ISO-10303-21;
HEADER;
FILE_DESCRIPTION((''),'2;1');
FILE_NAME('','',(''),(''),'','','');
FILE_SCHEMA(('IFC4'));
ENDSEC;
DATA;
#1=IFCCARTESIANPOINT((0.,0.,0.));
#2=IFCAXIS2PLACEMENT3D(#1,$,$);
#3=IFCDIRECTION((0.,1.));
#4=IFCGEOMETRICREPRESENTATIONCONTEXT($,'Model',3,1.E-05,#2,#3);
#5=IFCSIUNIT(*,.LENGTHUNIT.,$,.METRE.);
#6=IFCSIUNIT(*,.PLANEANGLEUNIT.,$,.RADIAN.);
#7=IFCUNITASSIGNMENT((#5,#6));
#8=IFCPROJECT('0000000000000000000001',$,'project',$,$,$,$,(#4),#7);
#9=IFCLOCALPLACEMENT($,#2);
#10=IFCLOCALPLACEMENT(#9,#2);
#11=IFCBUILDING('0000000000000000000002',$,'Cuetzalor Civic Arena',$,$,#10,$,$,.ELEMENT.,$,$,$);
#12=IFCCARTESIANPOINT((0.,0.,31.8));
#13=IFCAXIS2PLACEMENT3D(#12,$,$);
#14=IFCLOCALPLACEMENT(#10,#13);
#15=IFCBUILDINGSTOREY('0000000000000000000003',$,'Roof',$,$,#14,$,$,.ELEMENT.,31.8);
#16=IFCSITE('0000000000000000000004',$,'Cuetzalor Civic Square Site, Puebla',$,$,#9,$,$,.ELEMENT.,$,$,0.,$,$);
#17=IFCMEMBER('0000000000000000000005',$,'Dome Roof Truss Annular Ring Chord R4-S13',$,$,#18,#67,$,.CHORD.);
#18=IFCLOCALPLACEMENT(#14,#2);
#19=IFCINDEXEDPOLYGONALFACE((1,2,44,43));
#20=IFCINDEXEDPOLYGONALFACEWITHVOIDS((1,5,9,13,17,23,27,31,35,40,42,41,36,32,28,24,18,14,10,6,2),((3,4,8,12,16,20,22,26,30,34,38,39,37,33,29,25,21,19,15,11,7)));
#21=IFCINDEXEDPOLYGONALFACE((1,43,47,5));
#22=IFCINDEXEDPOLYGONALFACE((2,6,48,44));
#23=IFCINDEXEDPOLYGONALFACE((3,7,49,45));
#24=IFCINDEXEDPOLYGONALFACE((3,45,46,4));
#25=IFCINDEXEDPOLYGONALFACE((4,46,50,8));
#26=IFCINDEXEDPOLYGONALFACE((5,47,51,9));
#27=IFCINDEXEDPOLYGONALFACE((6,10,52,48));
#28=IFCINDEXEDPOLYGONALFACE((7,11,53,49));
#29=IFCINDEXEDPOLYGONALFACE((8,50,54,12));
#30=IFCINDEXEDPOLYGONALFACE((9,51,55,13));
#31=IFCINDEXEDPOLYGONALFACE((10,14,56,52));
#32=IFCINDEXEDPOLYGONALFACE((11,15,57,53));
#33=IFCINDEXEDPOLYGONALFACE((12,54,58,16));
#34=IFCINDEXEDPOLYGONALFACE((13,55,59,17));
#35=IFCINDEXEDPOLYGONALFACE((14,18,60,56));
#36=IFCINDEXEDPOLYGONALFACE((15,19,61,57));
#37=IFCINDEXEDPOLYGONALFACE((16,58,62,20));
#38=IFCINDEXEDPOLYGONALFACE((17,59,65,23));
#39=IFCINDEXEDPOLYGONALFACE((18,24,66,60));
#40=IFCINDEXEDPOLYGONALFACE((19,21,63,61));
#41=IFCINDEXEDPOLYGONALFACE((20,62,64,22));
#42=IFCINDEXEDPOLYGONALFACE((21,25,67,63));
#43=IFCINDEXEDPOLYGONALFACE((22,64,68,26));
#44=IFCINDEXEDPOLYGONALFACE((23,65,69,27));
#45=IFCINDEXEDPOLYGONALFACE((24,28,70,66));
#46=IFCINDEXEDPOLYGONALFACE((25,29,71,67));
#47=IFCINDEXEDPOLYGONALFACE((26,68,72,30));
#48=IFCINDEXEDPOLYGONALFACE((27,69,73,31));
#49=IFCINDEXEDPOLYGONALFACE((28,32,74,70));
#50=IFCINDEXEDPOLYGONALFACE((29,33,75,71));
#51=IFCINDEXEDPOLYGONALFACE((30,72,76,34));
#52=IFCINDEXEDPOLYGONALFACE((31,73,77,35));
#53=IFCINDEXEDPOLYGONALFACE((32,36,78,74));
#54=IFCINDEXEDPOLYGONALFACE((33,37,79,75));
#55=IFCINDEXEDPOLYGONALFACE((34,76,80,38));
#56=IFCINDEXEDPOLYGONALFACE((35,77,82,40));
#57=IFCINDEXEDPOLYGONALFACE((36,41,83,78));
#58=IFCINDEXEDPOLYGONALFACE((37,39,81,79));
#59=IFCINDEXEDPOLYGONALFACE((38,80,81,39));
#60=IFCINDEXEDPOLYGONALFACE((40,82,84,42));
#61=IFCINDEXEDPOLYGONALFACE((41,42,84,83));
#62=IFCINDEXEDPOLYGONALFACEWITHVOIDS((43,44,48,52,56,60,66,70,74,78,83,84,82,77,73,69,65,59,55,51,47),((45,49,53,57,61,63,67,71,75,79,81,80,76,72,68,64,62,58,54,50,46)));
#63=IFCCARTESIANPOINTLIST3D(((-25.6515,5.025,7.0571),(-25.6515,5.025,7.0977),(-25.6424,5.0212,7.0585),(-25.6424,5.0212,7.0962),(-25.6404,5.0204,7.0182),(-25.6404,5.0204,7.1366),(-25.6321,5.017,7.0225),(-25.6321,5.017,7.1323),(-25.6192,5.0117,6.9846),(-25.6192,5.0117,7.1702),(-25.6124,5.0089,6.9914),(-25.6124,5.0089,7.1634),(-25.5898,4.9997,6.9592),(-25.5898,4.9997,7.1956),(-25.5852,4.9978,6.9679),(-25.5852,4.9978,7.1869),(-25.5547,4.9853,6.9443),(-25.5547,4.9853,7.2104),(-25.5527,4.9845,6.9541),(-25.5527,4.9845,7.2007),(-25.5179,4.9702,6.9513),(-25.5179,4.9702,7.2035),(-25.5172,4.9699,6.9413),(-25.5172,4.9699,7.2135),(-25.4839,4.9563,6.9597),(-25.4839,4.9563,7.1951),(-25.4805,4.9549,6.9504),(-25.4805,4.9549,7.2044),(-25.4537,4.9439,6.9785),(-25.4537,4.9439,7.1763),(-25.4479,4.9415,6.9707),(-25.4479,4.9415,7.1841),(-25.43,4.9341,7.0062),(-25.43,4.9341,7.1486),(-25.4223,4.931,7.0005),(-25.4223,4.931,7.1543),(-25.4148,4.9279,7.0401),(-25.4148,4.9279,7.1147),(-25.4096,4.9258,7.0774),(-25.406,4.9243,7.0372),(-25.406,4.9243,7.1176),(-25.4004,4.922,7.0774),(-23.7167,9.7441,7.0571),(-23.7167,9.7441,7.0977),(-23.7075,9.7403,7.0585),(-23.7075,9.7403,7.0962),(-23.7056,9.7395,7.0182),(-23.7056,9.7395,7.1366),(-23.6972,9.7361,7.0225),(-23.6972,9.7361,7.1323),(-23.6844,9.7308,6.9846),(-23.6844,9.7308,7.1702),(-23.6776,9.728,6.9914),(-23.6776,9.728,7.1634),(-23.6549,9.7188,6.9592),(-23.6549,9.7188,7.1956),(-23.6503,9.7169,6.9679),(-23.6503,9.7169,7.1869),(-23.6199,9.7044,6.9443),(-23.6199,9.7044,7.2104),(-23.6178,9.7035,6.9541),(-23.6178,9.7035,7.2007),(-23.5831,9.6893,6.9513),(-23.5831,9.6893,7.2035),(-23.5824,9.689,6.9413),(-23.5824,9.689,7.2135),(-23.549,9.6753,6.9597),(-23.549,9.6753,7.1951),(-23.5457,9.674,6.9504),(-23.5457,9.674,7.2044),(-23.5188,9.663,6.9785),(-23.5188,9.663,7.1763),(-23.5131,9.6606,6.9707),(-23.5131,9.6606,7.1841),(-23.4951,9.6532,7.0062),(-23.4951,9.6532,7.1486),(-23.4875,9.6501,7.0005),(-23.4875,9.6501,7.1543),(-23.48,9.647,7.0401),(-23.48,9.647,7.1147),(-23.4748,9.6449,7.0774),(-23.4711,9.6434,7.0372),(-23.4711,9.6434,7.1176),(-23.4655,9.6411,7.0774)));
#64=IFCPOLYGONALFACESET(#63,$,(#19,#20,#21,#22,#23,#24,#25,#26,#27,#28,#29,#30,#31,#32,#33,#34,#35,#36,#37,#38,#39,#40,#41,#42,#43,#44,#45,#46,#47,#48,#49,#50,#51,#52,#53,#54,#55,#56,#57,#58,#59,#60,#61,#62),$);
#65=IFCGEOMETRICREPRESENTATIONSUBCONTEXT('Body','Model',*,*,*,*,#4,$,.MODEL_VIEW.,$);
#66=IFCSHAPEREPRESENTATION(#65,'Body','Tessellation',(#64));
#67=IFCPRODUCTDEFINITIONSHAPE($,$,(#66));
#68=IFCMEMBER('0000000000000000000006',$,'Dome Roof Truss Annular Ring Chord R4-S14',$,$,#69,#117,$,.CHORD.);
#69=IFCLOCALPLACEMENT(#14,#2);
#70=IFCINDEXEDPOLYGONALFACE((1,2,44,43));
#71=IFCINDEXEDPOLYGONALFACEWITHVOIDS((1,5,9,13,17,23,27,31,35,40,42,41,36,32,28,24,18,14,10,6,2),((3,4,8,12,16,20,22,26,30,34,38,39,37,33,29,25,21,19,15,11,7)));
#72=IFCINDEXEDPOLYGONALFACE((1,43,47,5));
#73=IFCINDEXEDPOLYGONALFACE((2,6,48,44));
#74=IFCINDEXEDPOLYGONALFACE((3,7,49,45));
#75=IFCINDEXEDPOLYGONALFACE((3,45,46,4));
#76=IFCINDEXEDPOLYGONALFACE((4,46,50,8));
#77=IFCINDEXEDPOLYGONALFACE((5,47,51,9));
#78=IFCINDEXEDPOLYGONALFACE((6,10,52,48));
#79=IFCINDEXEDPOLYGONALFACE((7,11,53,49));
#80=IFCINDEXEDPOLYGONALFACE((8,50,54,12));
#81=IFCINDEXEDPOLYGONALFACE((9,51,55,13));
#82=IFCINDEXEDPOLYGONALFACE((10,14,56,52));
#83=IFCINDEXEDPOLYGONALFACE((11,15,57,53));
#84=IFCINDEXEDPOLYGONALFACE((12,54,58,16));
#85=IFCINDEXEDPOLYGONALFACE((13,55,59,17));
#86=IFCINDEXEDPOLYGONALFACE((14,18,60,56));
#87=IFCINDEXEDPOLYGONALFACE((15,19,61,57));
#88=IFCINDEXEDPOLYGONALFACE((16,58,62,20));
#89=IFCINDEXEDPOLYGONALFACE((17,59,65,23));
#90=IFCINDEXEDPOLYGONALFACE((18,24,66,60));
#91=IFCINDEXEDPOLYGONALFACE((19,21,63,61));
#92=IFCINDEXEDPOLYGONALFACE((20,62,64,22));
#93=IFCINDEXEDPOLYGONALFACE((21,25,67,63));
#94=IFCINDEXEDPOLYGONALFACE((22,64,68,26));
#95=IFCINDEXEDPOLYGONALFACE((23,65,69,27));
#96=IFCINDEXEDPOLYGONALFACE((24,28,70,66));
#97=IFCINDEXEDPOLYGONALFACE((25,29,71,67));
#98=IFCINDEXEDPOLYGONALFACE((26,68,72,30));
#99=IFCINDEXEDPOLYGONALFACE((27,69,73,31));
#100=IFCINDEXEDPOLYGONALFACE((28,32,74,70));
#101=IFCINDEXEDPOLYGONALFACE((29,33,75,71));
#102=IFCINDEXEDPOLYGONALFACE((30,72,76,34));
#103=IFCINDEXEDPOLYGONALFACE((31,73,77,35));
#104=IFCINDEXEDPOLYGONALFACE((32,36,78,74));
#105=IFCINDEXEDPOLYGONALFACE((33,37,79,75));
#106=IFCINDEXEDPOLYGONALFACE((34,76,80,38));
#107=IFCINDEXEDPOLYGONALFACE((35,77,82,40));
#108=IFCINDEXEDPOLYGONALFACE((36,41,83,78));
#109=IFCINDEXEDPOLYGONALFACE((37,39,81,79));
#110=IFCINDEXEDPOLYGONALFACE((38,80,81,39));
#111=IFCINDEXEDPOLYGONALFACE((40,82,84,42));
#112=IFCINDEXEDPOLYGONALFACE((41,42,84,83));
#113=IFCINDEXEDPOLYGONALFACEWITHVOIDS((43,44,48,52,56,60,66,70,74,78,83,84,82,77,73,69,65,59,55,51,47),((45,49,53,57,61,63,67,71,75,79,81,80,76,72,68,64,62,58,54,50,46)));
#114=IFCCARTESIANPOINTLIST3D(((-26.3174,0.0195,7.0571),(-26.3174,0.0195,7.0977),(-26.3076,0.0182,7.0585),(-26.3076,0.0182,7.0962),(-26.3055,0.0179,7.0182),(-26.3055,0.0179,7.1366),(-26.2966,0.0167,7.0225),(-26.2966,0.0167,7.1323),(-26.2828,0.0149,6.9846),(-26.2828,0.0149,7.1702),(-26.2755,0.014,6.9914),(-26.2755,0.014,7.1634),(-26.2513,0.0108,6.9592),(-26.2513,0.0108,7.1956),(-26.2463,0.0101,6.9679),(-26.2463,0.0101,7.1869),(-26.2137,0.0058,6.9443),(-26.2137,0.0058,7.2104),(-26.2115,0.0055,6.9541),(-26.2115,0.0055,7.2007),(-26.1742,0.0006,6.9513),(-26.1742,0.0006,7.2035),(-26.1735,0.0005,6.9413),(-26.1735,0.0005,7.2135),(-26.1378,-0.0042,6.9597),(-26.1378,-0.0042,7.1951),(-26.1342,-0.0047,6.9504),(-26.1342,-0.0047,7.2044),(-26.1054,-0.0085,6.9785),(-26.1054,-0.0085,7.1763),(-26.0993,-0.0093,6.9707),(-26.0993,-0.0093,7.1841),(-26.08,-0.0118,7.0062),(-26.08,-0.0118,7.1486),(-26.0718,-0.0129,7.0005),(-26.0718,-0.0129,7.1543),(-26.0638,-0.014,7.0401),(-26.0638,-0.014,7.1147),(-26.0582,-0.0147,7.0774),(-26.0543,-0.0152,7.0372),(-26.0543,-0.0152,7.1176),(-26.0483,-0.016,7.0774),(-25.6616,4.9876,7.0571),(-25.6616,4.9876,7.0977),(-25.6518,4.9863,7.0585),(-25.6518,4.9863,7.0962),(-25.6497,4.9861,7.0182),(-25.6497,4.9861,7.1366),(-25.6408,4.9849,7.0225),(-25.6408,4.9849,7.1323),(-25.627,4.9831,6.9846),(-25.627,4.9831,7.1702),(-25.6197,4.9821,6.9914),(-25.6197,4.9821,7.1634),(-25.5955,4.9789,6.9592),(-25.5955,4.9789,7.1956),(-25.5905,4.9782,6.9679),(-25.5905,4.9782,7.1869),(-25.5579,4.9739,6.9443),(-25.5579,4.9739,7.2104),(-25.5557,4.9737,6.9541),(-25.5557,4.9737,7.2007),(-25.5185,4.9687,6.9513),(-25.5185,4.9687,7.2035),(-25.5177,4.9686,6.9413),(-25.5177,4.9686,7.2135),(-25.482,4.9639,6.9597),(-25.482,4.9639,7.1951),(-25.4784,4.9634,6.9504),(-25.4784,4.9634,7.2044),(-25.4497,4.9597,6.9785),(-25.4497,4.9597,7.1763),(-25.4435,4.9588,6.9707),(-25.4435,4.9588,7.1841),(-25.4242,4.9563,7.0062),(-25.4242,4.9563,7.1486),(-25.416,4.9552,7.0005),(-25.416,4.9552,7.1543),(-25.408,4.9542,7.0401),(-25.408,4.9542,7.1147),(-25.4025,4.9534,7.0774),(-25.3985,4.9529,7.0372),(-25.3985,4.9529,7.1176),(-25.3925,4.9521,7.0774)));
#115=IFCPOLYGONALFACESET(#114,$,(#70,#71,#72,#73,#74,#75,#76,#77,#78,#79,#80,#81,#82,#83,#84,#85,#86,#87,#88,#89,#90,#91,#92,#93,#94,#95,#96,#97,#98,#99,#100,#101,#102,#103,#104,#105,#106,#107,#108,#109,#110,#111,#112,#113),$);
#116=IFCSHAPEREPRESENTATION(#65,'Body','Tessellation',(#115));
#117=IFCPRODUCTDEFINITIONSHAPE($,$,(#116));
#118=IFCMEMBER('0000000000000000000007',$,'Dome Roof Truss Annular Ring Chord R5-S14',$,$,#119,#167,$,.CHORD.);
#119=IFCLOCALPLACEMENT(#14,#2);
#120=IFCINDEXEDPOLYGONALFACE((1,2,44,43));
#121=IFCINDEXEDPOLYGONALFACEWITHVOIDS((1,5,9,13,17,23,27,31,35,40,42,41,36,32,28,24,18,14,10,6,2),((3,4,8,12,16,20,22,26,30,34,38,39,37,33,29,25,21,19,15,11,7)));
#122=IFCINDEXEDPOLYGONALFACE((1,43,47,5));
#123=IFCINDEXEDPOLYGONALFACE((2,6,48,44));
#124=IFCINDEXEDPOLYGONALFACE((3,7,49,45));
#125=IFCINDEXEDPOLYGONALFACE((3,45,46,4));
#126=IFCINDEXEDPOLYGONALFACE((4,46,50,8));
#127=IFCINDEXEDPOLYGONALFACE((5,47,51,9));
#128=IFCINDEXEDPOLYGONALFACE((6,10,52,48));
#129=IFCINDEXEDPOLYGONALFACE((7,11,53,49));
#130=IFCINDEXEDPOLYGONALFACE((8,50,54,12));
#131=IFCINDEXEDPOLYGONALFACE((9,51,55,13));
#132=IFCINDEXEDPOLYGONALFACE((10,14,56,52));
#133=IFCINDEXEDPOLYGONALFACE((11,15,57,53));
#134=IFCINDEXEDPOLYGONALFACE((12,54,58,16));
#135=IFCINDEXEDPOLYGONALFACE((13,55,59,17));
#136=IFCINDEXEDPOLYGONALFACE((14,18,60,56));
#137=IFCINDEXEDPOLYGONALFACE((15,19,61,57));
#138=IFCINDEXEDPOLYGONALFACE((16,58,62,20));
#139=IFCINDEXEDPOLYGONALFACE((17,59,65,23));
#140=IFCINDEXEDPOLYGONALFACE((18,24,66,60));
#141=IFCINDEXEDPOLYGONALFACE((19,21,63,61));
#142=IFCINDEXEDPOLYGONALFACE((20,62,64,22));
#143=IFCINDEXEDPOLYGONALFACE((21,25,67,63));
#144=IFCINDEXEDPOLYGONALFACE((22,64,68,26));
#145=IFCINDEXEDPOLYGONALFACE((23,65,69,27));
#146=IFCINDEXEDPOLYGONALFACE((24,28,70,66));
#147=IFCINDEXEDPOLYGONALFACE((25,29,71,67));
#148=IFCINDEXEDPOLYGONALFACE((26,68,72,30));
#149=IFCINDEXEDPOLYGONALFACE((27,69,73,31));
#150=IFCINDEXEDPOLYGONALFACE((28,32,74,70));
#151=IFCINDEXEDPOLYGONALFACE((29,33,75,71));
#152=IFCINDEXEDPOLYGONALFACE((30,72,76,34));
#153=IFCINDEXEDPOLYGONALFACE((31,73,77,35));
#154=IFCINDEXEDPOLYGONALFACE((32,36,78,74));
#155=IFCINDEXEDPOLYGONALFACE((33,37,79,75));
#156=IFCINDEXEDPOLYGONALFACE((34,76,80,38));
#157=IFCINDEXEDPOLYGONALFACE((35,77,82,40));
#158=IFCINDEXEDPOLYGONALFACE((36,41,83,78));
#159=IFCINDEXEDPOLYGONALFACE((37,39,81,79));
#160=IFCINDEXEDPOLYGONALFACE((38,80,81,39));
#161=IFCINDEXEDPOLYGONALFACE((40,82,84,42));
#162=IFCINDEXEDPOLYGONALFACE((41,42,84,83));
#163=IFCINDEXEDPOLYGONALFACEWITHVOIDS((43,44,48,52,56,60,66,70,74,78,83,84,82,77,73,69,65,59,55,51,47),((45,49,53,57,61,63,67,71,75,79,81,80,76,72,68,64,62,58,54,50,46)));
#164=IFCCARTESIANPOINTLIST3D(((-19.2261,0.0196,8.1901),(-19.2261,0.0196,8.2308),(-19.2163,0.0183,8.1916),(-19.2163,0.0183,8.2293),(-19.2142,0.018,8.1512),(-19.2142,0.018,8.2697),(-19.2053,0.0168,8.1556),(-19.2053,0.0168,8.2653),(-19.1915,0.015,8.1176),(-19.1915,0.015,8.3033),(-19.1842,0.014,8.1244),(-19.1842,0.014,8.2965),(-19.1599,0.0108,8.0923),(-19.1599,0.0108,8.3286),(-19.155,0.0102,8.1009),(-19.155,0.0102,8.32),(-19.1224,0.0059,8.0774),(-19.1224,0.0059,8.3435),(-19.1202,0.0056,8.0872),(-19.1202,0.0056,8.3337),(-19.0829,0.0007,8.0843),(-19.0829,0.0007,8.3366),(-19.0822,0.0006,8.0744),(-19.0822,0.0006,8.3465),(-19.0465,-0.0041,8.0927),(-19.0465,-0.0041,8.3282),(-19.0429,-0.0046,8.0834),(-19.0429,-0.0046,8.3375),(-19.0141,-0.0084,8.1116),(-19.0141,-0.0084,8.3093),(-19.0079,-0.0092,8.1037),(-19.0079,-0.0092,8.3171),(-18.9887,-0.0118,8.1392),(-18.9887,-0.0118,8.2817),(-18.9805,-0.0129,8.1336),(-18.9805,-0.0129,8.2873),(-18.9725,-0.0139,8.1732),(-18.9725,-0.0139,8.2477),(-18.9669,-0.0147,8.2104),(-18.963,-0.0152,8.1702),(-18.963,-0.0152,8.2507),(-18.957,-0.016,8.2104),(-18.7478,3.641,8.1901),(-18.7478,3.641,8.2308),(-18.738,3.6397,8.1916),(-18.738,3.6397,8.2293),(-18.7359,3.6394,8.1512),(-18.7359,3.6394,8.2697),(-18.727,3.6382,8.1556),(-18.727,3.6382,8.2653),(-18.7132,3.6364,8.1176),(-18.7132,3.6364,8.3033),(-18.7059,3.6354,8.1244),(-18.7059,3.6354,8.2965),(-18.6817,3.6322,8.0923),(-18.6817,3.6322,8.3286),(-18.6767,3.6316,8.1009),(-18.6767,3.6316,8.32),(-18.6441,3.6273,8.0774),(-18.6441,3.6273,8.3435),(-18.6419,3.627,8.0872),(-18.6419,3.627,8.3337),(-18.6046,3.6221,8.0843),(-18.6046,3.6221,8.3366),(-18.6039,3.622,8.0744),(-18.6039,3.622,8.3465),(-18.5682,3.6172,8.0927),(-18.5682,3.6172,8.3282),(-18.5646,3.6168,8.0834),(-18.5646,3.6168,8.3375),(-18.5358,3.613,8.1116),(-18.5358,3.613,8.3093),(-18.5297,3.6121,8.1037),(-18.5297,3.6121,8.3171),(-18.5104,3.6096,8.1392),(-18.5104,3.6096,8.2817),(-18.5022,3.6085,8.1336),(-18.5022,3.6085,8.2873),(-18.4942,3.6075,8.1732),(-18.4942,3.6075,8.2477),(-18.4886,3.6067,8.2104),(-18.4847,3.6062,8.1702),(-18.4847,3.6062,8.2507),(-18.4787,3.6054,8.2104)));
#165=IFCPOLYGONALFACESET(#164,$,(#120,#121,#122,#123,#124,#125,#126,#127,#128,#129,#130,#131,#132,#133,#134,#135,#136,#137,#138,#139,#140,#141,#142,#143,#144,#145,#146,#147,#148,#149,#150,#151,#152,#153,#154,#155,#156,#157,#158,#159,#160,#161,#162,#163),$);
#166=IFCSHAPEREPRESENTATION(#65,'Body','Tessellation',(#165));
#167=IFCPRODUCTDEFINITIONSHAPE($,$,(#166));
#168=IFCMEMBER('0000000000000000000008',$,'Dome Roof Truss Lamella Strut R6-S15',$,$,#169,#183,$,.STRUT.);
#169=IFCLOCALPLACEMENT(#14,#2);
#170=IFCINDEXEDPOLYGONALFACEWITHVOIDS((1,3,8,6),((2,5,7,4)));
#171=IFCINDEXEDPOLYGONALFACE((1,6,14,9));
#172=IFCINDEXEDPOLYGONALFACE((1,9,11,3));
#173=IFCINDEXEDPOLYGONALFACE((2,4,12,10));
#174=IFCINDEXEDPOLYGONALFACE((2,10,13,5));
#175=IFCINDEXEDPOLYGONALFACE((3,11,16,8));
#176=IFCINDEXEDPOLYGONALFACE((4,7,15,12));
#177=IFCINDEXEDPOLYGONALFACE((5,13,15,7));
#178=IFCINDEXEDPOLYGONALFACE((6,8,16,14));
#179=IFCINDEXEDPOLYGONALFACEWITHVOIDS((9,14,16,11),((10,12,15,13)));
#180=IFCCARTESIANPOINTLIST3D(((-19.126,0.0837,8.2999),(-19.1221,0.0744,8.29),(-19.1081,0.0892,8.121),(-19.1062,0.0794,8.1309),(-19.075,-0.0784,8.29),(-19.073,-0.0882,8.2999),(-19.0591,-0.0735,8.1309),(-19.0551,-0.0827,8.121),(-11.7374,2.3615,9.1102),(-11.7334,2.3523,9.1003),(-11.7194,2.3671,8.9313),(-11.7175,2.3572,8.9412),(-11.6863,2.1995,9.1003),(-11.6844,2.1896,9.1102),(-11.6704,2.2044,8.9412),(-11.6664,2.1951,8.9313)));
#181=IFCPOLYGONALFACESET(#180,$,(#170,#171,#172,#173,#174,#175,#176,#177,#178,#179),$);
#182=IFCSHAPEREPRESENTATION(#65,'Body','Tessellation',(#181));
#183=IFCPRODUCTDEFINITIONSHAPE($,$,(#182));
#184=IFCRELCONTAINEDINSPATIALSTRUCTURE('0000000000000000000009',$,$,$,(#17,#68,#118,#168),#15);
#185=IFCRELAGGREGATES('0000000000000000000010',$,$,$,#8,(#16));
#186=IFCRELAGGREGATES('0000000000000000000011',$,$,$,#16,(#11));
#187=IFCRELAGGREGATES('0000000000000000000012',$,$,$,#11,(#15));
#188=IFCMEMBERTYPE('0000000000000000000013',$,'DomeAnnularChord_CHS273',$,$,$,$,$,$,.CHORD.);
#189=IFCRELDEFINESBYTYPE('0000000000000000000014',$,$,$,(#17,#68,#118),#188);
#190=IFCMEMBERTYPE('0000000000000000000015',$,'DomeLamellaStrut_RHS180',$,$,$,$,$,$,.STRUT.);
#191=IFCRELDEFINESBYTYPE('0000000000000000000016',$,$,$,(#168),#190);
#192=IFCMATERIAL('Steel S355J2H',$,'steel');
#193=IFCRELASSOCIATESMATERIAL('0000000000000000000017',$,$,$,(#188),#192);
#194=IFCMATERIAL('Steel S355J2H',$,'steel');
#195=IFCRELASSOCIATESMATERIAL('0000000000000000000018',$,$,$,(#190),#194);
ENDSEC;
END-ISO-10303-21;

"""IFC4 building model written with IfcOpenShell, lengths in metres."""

from ifc_helpers import new_model, si_unit, direction, frame, origin, origin_2d, place, context, subcontext, project, spatial, hollow_rectangle, hollow_circle, extrude, material, material_profile, profile_set, type_object, element, save


model = new_model("IFC4")

# Units and contexts
model_context = context("Model", 3, precision=1e-05, world=origin(), true_north=direction((0.0, 1.0)))
body_context = subcontext(model_context, "Body", "Model", "MODEL_VIEW")
ifc_project = project(units=[si_unit("LENGTHUNIT", "METRE"), si_unit("PLANEANGLEUNIT", "RADIAN")], contexts=[model_context])

# Site, building, storey
site_placement = place(None, origin())
site = spatial("IfcSite", under=ifc_project, at=site_placement, Name="Cuetzalor Civic Square Site, Puebla", CompositionType="ELEMENT", RefElevation=0.0)
building_placement = place(site_placement, origin())
building = spatial("IfcBuilding", under=site, at=building_placement, Name="Cuetzalor Civic Arena", CompositionType="ELEMENT")
storey_placement = place(building_placement, frame((0.0, 0.0, 31.8)))
storey = spatial("IfcBuildingStorey", under=building, at=storey_placement, Name="Roof", CompositionType="ELEMENT", Elevation=31.8)

# Members
ifc_material_1 = material(Name="Steel S355J2H", Category="steel")
ifc_material_profile_1 = material_profile(ifc_material_1, hollow_circle(Radius=0.1365, WallThickness=0.01, at=origin_2d()), Name="CHS 273x10")
ifc_profile_set_1 = profile_set([ifc_material_profile_1], Name="Steel S355J2H")
member_type_1 = type_object("IfcMemberType", Name="DomeAnnularChord_CHS273", PredefinedType="CHORD", material=ifc_profile_set_1)
member_1_placement = place(storey_placement, frame((-23.5918, 9.6929, 7.0774), z_axis=(-0.379358, -0.92525, 0.0), x_axis=(0.92525, -0.379358, 0.0)))
element("IfcMember", 1, at=member_1_placement, inside=storey, type_object=member_type_1, Name="Dome Roof Truss Annular Ring Chord R4-S13", PredefinedType="CHORD", context=body_context, shape_type="SweptSolid", body=[
    extrude(hollow_circle(Radius=0.1365, WallThickness=0.01, at=origin_2d()), origin(), (0.0, 0.0, 1.0), 5.1003),
])
member_2_placement = place(storey_placement, frame((-25.5278, 4.97, 7.0774), z_axis=(-0.130862, -0.991401, 0.0), x_axis=(0.991401, -0.130862, 0.0)))
element("IfcMember", 2, at=member_2_placement, inside=storey, type_object=member_type_1, Name="Dome Roof Truss Annular Ring Chord R4-S14", PredefinedType="CHORD", context=body_context, shape_type="SweptSolid", body=[
    extrude(hollow_circle(Radius=0.1365, WallThickness=0.01, at=origin_2d()), origin(), (0.0, 0.0, 1.0), 5.0112),
])
member_3_placement = place(storey_placement, frame((-18.614, 3.6233, 8.2104), z_axis=(-0.130933, -0.991391, 0.0), x_axis=(0.991391, -0.130933, 0.0)))
element("IfcMember", 3, at=member_3_placement, inside=storey, type_object=member_type_1, Name="Dome Roof Truss Annular Ring Chord R5-S14", PredefinedType="CHORD", context=body_context, shape_type="SweptSolid", body=[
    extrude(hollow_circle(Radius=0.1365, WallThickness=0.01, at=origin_2d()), origin(), (0.0, 0.0, 1.0), 3.6528),
])
ifc_material_2 = material(Name="Steel S355J2H", Category="steel")
ifc_material_profile_2 = material_profile(ifc_material_2, hollow_rectangle(XDim=0.1799, YDim=0.1799, WallThickness=0.01, at=origin_2d()), Name="RHS 180x180x10")
ifc_profile_set_2 = profile_set([ifc_material_profile_2], Name="Steel S355J2H")
member_type_2 = type_object("IfcMemberType", Name="DomeLamellaStrut_RHS180", PredefinedType="STRUT", material=ifc_profile_set_2)
member_4_placement = place(storey_placement, frame((-19.0906, 0.0005, 8.2104), z_axis=(0.950414, 0.293, 0.10423), x_axis=(-0.294605, 0.955619, 0.0)))
element("IfcMember", 4, at=member_4_placement, inside=storey, type_object=member_type_2, Name="Dome Roof Truss Lamella Strut R6-S15", PredefinedType="STRUT", context=body_context, shape_type="SweptSolid", body=[
    extrude(hollow_rectangle(XDim=0.1799, YDim=0.1799, WallThickness=0.01, at=origin_2d()), origin(), (0.0, 0.0, 1.0), 7.7742),
])

save(model, "model.ifc")
